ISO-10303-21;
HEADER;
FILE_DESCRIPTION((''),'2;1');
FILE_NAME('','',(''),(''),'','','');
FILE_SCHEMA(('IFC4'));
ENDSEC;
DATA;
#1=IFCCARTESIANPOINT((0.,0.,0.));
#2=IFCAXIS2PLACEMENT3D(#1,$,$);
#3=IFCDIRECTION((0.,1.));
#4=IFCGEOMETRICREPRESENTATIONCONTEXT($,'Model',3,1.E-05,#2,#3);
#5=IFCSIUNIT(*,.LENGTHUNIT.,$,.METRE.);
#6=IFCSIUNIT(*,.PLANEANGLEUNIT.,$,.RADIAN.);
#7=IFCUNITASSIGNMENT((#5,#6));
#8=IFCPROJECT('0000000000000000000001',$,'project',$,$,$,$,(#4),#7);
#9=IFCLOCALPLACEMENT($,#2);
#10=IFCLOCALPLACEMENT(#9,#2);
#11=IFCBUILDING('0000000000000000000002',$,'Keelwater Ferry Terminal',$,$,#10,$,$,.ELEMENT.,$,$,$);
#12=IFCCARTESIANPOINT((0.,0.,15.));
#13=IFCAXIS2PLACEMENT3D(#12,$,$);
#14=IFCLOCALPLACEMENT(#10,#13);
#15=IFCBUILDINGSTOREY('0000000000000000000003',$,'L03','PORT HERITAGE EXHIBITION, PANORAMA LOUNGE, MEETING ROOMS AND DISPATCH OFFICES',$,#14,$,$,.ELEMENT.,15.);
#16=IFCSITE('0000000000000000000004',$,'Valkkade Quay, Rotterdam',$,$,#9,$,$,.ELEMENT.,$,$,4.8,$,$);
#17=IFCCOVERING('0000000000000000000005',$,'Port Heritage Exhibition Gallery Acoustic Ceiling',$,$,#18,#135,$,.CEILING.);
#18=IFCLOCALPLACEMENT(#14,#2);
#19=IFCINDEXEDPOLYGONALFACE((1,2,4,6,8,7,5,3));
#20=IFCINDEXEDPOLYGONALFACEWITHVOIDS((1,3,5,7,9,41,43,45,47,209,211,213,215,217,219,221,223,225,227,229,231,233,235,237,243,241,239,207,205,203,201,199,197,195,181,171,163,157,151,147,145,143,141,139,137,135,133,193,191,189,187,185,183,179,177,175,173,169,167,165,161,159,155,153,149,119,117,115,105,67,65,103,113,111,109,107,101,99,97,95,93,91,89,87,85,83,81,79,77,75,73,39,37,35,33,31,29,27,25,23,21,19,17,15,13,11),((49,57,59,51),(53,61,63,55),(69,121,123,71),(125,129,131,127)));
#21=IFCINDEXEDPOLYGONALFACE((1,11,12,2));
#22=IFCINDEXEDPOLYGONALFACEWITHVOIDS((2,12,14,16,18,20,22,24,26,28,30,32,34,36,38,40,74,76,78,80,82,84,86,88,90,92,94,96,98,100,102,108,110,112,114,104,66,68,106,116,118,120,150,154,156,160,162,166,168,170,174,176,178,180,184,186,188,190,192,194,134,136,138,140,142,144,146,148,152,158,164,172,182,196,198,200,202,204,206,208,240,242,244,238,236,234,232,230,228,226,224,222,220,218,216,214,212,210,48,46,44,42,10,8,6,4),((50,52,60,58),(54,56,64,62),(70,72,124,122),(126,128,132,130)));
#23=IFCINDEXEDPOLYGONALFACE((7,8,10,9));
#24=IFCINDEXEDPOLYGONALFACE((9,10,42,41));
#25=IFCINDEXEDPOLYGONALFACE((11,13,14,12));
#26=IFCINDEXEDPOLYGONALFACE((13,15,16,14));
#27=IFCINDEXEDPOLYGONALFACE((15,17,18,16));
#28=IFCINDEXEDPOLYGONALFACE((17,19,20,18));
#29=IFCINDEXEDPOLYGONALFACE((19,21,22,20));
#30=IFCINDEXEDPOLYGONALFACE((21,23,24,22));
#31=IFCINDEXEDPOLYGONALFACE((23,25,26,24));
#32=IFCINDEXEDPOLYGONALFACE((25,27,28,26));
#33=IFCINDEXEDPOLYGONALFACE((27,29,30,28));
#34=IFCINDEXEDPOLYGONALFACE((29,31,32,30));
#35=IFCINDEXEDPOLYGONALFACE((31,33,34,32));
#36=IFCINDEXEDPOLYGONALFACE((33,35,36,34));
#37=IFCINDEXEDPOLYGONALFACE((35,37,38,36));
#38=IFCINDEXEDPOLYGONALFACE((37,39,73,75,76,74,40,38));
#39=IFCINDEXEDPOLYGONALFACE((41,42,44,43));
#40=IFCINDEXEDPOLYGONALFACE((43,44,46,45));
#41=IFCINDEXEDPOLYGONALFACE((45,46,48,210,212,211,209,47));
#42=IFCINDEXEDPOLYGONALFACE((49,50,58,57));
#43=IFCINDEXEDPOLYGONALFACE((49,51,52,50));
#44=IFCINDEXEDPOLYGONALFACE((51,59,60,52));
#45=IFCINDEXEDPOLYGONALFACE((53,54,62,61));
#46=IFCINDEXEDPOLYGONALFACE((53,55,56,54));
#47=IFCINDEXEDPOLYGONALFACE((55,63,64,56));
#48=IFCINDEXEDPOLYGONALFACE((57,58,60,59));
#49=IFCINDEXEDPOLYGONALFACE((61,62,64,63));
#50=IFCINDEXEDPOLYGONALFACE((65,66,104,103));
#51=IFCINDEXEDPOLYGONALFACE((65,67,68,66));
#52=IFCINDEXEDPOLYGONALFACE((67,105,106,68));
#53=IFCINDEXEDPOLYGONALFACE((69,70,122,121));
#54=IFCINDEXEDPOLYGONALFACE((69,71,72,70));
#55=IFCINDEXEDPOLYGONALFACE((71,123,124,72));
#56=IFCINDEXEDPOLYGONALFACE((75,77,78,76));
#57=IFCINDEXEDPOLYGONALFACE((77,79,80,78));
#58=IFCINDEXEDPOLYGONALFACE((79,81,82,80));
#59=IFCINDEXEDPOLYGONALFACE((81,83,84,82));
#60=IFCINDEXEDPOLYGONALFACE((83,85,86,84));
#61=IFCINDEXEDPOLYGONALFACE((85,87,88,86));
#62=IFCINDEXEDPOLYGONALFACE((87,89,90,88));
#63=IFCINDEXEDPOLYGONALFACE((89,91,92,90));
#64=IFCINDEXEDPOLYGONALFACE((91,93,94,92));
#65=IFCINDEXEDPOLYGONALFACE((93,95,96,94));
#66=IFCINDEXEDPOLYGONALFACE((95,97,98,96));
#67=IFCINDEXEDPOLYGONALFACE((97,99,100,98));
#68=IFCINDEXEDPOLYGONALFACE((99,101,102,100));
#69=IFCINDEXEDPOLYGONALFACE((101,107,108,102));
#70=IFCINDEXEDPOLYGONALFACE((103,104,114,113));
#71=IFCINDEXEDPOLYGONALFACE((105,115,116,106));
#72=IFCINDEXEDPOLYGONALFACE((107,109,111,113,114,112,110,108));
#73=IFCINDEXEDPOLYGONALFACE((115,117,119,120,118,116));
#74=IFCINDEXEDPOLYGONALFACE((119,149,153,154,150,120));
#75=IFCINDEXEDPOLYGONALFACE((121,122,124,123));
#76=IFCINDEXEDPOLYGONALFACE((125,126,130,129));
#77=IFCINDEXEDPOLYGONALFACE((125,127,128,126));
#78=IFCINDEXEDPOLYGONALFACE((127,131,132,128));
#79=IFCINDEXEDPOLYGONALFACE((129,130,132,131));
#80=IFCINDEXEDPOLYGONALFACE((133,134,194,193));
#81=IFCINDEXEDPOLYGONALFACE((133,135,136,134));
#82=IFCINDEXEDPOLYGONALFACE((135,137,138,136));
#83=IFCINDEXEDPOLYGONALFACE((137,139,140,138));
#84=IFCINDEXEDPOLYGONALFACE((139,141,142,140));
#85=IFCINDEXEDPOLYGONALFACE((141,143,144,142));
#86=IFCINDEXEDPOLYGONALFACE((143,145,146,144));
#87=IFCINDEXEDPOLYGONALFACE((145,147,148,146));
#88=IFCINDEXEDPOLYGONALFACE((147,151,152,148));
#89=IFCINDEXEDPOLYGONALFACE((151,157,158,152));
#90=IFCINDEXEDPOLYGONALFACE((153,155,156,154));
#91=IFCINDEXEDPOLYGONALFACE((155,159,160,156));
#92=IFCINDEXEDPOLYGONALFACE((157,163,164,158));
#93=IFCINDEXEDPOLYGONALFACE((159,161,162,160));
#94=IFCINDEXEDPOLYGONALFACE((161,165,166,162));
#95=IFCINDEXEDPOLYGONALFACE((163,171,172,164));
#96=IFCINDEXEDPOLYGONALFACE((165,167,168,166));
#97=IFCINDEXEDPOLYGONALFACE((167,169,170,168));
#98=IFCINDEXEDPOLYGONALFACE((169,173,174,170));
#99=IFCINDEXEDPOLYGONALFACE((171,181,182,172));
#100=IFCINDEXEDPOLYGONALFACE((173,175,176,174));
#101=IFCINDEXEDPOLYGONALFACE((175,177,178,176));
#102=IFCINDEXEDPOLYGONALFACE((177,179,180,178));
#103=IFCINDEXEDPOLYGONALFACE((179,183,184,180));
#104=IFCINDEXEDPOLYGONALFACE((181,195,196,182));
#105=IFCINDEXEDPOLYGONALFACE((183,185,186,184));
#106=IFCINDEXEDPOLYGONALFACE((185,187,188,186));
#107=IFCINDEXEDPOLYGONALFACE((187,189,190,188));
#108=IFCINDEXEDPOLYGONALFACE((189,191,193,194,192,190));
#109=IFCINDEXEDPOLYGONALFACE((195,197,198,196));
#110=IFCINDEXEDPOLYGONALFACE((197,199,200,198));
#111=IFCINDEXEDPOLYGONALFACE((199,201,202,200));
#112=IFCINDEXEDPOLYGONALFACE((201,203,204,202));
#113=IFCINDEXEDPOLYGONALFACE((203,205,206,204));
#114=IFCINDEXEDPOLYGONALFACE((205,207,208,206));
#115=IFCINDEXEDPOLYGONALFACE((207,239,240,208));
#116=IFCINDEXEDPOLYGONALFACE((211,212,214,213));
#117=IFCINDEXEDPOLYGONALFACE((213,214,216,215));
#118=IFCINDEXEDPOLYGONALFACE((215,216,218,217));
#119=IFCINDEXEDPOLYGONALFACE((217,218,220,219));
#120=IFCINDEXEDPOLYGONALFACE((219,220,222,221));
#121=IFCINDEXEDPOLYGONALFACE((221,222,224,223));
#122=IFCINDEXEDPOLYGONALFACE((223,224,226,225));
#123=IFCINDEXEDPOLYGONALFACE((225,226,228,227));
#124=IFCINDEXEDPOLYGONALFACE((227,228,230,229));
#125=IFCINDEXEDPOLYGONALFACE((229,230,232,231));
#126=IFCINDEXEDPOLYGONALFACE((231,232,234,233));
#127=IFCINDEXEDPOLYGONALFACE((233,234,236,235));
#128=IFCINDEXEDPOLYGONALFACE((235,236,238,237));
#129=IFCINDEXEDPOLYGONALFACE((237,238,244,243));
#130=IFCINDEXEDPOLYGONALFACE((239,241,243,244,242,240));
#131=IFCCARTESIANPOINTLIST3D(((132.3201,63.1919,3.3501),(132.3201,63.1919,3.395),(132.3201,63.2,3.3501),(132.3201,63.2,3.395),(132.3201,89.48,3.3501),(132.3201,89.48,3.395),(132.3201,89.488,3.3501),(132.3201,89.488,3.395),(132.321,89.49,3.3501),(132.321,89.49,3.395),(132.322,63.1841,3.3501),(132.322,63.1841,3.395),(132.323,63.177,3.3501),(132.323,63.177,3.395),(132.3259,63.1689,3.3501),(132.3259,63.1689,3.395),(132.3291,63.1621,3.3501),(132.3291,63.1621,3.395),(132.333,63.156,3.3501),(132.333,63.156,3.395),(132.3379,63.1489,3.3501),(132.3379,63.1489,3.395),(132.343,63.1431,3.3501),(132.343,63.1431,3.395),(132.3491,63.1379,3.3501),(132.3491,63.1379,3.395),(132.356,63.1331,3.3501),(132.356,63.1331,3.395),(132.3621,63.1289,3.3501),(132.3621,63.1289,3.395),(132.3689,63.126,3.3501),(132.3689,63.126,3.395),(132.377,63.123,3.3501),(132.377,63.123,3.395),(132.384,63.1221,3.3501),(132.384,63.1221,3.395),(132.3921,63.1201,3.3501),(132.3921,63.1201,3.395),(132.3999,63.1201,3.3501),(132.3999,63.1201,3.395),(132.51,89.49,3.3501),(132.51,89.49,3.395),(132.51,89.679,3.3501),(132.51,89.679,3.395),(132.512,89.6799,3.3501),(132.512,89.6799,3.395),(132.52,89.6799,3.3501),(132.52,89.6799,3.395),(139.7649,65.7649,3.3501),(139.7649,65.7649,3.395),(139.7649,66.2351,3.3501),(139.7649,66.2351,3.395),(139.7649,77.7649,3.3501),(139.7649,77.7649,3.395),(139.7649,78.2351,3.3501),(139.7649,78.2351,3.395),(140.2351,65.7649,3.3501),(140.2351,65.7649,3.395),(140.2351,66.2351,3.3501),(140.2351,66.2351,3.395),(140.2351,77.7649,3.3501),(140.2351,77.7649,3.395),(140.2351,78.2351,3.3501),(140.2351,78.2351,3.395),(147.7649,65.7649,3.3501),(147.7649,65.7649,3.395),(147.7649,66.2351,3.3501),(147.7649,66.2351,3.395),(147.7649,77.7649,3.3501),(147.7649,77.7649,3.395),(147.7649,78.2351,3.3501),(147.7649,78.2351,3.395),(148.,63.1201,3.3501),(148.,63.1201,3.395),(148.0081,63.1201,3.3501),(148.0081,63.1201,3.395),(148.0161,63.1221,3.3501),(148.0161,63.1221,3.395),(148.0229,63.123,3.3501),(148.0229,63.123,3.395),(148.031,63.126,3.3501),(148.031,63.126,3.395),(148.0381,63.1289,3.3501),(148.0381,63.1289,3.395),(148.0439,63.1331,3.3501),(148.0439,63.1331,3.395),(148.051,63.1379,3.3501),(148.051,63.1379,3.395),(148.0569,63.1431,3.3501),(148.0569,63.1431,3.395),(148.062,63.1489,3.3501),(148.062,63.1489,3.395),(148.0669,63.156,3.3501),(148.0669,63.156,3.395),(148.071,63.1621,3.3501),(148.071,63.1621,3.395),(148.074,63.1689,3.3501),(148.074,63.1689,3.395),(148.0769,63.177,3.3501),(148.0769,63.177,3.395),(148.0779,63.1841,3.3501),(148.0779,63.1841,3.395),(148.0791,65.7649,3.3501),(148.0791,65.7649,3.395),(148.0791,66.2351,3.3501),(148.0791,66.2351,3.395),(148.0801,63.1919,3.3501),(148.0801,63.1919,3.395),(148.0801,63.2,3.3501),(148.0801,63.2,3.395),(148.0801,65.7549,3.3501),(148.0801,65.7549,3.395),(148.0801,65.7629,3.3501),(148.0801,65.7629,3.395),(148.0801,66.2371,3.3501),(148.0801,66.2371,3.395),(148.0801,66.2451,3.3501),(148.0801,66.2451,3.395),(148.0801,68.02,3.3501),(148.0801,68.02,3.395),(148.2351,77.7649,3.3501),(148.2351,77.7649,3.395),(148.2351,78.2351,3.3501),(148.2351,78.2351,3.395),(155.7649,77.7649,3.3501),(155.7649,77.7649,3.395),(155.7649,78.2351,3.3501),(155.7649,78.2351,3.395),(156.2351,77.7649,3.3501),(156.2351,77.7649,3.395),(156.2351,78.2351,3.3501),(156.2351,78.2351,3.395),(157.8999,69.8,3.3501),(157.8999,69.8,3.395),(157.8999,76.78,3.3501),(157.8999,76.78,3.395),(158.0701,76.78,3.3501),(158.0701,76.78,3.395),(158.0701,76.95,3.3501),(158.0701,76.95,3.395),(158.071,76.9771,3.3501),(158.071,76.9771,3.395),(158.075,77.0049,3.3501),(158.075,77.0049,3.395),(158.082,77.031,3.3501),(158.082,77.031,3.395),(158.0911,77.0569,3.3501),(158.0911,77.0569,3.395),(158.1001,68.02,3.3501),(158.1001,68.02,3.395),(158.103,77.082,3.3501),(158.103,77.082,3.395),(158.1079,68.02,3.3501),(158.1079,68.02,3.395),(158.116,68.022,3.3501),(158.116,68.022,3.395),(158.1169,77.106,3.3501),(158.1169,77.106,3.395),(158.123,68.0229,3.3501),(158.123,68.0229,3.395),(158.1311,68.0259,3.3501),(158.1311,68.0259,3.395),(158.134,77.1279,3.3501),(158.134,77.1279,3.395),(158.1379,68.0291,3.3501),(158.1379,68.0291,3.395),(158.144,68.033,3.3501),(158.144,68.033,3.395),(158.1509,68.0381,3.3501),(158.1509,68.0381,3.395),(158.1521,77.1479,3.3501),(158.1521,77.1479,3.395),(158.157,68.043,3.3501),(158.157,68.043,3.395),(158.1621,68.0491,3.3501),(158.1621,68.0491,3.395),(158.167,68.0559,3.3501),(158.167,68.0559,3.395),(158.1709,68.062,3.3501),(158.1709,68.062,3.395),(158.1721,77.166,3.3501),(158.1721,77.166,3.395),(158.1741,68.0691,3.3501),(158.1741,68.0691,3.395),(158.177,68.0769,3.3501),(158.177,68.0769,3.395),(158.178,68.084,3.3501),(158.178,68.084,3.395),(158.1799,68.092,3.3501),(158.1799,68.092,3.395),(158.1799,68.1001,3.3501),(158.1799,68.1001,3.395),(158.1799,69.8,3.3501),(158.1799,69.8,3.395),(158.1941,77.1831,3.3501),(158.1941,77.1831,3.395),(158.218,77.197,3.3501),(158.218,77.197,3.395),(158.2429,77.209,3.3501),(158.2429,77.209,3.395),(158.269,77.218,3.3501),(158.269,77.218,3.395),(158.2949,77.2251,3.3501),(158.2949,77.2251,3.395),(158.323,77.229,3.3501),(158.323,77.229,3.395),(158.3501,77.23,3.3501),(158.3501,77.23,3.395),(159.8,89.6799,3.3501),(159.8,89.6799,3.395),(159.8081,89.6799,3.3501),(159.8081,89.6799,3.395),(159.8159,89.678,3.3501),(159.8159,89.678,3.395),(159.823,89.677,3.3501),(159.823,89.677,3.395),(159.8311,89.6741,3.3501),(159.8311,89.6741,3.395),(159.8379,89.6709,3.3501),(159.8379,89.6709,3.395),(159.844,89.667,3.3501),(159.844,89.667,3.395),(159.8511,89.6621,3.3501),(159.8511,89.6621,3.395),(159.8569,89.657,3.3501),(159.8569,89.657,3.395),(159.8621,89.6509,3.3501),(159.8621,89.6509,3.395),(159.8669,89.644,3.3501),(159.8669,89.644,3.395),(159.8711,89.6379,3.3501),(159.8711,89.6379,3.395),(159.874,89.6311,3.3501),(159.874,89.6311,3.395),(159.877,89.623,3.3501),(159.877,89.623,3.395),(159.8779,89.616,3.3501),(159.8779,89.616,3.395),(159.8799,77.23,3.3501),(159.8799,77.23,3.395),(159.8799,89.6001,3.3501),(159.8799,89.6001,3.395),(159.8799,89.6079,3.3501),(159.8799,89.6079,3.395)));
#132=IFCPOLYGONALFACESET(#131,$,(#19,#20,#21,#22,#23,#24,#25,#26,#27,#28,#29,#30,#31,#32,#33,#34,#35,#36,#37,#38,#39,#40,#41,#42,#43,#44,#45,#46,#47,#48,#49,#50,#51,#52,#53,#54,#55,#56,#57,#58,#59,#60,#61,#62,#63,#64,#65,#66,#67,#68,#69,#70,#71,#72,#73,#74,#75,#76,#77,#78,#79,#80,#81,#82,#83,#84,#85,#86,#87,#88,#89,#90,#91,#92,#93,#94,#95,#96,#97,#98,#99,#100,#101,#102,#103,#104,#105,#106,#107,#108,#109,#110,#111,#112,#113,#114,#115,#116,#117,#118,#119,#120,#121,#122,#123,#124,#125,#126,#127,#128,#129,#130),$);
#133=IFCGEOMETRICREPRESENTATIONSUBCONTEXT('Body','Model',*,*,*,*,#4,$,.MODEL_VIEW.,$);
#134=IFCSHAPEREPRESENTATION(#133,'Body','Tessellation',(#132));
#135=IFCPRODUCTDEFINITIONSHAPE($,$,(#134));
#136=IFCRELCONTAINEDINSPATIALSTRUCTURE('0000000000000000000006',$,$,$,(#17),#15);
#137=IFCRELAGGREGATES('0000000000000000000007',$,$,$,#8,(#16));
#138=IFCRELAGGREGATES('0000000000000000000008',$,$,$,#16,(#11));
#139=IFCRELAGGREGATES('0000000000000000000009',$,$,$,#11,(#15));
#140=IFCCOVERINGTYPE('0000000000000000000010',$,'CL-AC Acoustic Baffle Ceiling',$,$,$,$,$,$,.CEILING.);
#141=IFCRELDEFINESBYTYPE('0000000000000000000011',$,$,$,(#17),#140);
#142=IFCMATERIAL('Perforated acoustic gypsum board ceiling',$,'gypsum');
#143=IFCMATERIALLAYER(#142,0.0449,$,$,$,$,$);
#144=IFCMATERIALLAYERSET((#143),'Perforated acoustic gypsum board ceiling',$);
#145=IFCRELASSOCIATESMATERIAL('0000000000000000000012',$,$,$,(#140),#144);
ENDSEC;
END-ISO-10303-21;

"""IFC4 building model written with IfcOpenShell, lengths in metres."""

from ifc_helpers import new_model, si_unit, direction, frame, origin, place, context, subcontext, project, spatial, polyline, outline, extrude, material, layer, layer_set, type_object, element, save


model = new_model("IFC4")

# Units and contexts
model_context = context("Model", 3, precision=1e-05, world=origin(), true_north=direction((0.0, 1.0)))
body_context = subcontext(model_context, "Body", "Model", "MODEL_VIEW")
ifc_project = project(units=[si_unit("LENGTHUNIT", "METRE"), si_unit("PLANEANGLEUNIT", "RADIAN")], contexts=[model_context])

# Site, building, storey
site_placement = place(None, origin())
site = spatial("IfcSite", under=ifc_project, at=site_placement, Name="Valkkade Quay, Rotterdam", CompositionType="ELEMENT", RefElevation=4.8)
building_placement = place(site_placement, origin())
building = spatial("IfcBuilding", under=site, at=building_placement, Name="Keelwater Ferry Terminal", CompositionType="ELEMENT")
storey_placement = place(building_placement, frame((0.0, 0.0, 15.0)))
storey = spatial("IfcBuildingStorey", under=building, at=storey_placement, Name="L03", Description="PORT HERITAGE EXHIBITION, PANORAMA LOUNGE, MEETING ROOMS AND DISPATCH OFFICES", CompositionType="ELEMENT", Elevation=15.0)

# Covering
ifc_material_1 = material(Name="Perforated acoustic gypsum board ceiling", Category="gypsum")
ifc_layer_1 = layer(ifc_material_1, 0.0449)
ifc_layer_set_1 = layer_set([ifc_layer_1], Name="Perforated acoustic gypsum board ceiling")
covering_type_1 = type_object("IfcCoveringType", Name="CL-AC Acoustic Baffle Ceiling", PredefinedType="CEILING", material=ifc_layer_set_1)
covering_1_placement = place(storey_placement, frame((0.0, 0.0, 3.3501)))
element("IfcCovering", 1, at=covering_1_placement, inside=storey, type_object=covering_type_1, Name="Port Heritage Exhibition Gallery Acoustic Ceiling", PredefinedType="CEILING", context=body_context, shape_type="SweptSolid", body=[
    extrude(outline(polyline([(158.1799, 68.092), (158.178, 68.084), (158.177, 68.0769), (158.1741, 68.0691), (158.1709, 68.062), (158.167, 68.0559), (158.1621, 68.0491), (158.157, 68.043), (158.1509, 68.0381), (158.144, 68.033), (158.1379, 68.0291), (158.1311, 68.0259), (158.123, 68.0229), (158.116, 68.022), (158.1079, 68.02), (158.1001, 68.02), (148.0801, 68.02), (148.0801, 66.2451), (148.0801, 66.2371), (148.0791, 66.2351), (147.7649, 66.2351), (147.7649, 65.7649), (148.0791, 65.7649), (148.0801, 65.7629), (148.0801, 65.7549), (148.0801, 63.2), (148.0801, 63.1919), (148.0779, 63.1841), (148.0769, 63.177), (148.074, 63.1689), (148.071, 63.1621), (148.0669, 63.156), (148.062, 63.1489), (148.0569, 63.1431), (148.051, 63.1379), (148.0439, 63.1331), (148.0381, 63.1289), (148.031, 63.126), (148.0229, 63.123), (148.0161, 63.1221), (148.0081, 63.1201), (148.0, 63.1201), (132.3999, 63.1201), (132.3921, 63.1201), (132.384, 63.1221), (132.377, 63.123), (132.3689, 63.126), (132.3621, 63.1289), (132.356, 63.1331), (132.3491, 63.1379), (132.343, 63.1431), (132.3379, 63.1489), (132.333, 63.156), (132.3291, 63.1621), (132.3259, 63.1689), (132.323, 63.177), (132.322, 63.1841), (132.3201, 63.1919), (132.3201, 63.2), (132.3201, 89.48), (132.3201, 89.488), (132.321, 89.49), (132.51, 89.49), (132.51, 89.679), (132.512, 89.6799), (132.52, 89.6799), (159.8, 89.6799), (159.8081, 89.6799), (159.8159, 89.678), (159.823, 89.677), (159.8311, 89.6741), (159.8379, 89.6709), (159.844, 89.667), (159.8511, 89.6621), (159.8569, 89.657), (159.8621, 89.6509), (159.8669, 89.644), (159.8711, 89.6379), (159.874, 89.6311), (159.877, 89.623), (159.8779, 89.616), (159.8799, 89.6079), (159.8799, 89.6001), (159.8799, 77.23), (158.3501, 77.23), (158.323, 77.229), (158.2949, 77.2251), (158.269, 77.218), (158.2429, 77.209), (158.218, 77.197), (158.1941, 77.1831), (158.1721, 77.166), (158.1521, 77.1479), (158.134, 77.1279), (158.1169, 77.106), (158.103, 77.082), (158.0911, 77.0569), (158.082, 77.031), (158.075, 77.0049), (158.071, 76.9771), (158.0701, 76.95), (158.0701, 76.78), (157.8999, 76.78), (157.8999, 69.8), (158.1799, 69.8), (158.1799, 68.1001), (158.1799, 68.092)]), holes=[polyline([(139.7649, 65.7649), (140.2351, 65.7649), (140.2351, 66.2351), (139.7649, 66.2351), (139.7649, 65.7649)]), polyline([(139.7649, 77.7649), (140.2351, 77.7649), (140.2351, 78.2351), (139.7649, 78.2351), (139.7649, 77.7649)]), polyline([(155.7649, 77.7649), (156.2351, 77.7649), (156.2351, 78.2351), (155.7649, 78.2351), (155.7649, 77.7649)]), polyline([(147.7649, 77.7649), (148.2351, 77.7649), (148.2351, 78.2351), (147.7649, 78.2351), (147.7649, 77.7649)])]), origin(), (0.0, 0.0, 1.0), 0.0449),
])

save(model, "model.ifc")
